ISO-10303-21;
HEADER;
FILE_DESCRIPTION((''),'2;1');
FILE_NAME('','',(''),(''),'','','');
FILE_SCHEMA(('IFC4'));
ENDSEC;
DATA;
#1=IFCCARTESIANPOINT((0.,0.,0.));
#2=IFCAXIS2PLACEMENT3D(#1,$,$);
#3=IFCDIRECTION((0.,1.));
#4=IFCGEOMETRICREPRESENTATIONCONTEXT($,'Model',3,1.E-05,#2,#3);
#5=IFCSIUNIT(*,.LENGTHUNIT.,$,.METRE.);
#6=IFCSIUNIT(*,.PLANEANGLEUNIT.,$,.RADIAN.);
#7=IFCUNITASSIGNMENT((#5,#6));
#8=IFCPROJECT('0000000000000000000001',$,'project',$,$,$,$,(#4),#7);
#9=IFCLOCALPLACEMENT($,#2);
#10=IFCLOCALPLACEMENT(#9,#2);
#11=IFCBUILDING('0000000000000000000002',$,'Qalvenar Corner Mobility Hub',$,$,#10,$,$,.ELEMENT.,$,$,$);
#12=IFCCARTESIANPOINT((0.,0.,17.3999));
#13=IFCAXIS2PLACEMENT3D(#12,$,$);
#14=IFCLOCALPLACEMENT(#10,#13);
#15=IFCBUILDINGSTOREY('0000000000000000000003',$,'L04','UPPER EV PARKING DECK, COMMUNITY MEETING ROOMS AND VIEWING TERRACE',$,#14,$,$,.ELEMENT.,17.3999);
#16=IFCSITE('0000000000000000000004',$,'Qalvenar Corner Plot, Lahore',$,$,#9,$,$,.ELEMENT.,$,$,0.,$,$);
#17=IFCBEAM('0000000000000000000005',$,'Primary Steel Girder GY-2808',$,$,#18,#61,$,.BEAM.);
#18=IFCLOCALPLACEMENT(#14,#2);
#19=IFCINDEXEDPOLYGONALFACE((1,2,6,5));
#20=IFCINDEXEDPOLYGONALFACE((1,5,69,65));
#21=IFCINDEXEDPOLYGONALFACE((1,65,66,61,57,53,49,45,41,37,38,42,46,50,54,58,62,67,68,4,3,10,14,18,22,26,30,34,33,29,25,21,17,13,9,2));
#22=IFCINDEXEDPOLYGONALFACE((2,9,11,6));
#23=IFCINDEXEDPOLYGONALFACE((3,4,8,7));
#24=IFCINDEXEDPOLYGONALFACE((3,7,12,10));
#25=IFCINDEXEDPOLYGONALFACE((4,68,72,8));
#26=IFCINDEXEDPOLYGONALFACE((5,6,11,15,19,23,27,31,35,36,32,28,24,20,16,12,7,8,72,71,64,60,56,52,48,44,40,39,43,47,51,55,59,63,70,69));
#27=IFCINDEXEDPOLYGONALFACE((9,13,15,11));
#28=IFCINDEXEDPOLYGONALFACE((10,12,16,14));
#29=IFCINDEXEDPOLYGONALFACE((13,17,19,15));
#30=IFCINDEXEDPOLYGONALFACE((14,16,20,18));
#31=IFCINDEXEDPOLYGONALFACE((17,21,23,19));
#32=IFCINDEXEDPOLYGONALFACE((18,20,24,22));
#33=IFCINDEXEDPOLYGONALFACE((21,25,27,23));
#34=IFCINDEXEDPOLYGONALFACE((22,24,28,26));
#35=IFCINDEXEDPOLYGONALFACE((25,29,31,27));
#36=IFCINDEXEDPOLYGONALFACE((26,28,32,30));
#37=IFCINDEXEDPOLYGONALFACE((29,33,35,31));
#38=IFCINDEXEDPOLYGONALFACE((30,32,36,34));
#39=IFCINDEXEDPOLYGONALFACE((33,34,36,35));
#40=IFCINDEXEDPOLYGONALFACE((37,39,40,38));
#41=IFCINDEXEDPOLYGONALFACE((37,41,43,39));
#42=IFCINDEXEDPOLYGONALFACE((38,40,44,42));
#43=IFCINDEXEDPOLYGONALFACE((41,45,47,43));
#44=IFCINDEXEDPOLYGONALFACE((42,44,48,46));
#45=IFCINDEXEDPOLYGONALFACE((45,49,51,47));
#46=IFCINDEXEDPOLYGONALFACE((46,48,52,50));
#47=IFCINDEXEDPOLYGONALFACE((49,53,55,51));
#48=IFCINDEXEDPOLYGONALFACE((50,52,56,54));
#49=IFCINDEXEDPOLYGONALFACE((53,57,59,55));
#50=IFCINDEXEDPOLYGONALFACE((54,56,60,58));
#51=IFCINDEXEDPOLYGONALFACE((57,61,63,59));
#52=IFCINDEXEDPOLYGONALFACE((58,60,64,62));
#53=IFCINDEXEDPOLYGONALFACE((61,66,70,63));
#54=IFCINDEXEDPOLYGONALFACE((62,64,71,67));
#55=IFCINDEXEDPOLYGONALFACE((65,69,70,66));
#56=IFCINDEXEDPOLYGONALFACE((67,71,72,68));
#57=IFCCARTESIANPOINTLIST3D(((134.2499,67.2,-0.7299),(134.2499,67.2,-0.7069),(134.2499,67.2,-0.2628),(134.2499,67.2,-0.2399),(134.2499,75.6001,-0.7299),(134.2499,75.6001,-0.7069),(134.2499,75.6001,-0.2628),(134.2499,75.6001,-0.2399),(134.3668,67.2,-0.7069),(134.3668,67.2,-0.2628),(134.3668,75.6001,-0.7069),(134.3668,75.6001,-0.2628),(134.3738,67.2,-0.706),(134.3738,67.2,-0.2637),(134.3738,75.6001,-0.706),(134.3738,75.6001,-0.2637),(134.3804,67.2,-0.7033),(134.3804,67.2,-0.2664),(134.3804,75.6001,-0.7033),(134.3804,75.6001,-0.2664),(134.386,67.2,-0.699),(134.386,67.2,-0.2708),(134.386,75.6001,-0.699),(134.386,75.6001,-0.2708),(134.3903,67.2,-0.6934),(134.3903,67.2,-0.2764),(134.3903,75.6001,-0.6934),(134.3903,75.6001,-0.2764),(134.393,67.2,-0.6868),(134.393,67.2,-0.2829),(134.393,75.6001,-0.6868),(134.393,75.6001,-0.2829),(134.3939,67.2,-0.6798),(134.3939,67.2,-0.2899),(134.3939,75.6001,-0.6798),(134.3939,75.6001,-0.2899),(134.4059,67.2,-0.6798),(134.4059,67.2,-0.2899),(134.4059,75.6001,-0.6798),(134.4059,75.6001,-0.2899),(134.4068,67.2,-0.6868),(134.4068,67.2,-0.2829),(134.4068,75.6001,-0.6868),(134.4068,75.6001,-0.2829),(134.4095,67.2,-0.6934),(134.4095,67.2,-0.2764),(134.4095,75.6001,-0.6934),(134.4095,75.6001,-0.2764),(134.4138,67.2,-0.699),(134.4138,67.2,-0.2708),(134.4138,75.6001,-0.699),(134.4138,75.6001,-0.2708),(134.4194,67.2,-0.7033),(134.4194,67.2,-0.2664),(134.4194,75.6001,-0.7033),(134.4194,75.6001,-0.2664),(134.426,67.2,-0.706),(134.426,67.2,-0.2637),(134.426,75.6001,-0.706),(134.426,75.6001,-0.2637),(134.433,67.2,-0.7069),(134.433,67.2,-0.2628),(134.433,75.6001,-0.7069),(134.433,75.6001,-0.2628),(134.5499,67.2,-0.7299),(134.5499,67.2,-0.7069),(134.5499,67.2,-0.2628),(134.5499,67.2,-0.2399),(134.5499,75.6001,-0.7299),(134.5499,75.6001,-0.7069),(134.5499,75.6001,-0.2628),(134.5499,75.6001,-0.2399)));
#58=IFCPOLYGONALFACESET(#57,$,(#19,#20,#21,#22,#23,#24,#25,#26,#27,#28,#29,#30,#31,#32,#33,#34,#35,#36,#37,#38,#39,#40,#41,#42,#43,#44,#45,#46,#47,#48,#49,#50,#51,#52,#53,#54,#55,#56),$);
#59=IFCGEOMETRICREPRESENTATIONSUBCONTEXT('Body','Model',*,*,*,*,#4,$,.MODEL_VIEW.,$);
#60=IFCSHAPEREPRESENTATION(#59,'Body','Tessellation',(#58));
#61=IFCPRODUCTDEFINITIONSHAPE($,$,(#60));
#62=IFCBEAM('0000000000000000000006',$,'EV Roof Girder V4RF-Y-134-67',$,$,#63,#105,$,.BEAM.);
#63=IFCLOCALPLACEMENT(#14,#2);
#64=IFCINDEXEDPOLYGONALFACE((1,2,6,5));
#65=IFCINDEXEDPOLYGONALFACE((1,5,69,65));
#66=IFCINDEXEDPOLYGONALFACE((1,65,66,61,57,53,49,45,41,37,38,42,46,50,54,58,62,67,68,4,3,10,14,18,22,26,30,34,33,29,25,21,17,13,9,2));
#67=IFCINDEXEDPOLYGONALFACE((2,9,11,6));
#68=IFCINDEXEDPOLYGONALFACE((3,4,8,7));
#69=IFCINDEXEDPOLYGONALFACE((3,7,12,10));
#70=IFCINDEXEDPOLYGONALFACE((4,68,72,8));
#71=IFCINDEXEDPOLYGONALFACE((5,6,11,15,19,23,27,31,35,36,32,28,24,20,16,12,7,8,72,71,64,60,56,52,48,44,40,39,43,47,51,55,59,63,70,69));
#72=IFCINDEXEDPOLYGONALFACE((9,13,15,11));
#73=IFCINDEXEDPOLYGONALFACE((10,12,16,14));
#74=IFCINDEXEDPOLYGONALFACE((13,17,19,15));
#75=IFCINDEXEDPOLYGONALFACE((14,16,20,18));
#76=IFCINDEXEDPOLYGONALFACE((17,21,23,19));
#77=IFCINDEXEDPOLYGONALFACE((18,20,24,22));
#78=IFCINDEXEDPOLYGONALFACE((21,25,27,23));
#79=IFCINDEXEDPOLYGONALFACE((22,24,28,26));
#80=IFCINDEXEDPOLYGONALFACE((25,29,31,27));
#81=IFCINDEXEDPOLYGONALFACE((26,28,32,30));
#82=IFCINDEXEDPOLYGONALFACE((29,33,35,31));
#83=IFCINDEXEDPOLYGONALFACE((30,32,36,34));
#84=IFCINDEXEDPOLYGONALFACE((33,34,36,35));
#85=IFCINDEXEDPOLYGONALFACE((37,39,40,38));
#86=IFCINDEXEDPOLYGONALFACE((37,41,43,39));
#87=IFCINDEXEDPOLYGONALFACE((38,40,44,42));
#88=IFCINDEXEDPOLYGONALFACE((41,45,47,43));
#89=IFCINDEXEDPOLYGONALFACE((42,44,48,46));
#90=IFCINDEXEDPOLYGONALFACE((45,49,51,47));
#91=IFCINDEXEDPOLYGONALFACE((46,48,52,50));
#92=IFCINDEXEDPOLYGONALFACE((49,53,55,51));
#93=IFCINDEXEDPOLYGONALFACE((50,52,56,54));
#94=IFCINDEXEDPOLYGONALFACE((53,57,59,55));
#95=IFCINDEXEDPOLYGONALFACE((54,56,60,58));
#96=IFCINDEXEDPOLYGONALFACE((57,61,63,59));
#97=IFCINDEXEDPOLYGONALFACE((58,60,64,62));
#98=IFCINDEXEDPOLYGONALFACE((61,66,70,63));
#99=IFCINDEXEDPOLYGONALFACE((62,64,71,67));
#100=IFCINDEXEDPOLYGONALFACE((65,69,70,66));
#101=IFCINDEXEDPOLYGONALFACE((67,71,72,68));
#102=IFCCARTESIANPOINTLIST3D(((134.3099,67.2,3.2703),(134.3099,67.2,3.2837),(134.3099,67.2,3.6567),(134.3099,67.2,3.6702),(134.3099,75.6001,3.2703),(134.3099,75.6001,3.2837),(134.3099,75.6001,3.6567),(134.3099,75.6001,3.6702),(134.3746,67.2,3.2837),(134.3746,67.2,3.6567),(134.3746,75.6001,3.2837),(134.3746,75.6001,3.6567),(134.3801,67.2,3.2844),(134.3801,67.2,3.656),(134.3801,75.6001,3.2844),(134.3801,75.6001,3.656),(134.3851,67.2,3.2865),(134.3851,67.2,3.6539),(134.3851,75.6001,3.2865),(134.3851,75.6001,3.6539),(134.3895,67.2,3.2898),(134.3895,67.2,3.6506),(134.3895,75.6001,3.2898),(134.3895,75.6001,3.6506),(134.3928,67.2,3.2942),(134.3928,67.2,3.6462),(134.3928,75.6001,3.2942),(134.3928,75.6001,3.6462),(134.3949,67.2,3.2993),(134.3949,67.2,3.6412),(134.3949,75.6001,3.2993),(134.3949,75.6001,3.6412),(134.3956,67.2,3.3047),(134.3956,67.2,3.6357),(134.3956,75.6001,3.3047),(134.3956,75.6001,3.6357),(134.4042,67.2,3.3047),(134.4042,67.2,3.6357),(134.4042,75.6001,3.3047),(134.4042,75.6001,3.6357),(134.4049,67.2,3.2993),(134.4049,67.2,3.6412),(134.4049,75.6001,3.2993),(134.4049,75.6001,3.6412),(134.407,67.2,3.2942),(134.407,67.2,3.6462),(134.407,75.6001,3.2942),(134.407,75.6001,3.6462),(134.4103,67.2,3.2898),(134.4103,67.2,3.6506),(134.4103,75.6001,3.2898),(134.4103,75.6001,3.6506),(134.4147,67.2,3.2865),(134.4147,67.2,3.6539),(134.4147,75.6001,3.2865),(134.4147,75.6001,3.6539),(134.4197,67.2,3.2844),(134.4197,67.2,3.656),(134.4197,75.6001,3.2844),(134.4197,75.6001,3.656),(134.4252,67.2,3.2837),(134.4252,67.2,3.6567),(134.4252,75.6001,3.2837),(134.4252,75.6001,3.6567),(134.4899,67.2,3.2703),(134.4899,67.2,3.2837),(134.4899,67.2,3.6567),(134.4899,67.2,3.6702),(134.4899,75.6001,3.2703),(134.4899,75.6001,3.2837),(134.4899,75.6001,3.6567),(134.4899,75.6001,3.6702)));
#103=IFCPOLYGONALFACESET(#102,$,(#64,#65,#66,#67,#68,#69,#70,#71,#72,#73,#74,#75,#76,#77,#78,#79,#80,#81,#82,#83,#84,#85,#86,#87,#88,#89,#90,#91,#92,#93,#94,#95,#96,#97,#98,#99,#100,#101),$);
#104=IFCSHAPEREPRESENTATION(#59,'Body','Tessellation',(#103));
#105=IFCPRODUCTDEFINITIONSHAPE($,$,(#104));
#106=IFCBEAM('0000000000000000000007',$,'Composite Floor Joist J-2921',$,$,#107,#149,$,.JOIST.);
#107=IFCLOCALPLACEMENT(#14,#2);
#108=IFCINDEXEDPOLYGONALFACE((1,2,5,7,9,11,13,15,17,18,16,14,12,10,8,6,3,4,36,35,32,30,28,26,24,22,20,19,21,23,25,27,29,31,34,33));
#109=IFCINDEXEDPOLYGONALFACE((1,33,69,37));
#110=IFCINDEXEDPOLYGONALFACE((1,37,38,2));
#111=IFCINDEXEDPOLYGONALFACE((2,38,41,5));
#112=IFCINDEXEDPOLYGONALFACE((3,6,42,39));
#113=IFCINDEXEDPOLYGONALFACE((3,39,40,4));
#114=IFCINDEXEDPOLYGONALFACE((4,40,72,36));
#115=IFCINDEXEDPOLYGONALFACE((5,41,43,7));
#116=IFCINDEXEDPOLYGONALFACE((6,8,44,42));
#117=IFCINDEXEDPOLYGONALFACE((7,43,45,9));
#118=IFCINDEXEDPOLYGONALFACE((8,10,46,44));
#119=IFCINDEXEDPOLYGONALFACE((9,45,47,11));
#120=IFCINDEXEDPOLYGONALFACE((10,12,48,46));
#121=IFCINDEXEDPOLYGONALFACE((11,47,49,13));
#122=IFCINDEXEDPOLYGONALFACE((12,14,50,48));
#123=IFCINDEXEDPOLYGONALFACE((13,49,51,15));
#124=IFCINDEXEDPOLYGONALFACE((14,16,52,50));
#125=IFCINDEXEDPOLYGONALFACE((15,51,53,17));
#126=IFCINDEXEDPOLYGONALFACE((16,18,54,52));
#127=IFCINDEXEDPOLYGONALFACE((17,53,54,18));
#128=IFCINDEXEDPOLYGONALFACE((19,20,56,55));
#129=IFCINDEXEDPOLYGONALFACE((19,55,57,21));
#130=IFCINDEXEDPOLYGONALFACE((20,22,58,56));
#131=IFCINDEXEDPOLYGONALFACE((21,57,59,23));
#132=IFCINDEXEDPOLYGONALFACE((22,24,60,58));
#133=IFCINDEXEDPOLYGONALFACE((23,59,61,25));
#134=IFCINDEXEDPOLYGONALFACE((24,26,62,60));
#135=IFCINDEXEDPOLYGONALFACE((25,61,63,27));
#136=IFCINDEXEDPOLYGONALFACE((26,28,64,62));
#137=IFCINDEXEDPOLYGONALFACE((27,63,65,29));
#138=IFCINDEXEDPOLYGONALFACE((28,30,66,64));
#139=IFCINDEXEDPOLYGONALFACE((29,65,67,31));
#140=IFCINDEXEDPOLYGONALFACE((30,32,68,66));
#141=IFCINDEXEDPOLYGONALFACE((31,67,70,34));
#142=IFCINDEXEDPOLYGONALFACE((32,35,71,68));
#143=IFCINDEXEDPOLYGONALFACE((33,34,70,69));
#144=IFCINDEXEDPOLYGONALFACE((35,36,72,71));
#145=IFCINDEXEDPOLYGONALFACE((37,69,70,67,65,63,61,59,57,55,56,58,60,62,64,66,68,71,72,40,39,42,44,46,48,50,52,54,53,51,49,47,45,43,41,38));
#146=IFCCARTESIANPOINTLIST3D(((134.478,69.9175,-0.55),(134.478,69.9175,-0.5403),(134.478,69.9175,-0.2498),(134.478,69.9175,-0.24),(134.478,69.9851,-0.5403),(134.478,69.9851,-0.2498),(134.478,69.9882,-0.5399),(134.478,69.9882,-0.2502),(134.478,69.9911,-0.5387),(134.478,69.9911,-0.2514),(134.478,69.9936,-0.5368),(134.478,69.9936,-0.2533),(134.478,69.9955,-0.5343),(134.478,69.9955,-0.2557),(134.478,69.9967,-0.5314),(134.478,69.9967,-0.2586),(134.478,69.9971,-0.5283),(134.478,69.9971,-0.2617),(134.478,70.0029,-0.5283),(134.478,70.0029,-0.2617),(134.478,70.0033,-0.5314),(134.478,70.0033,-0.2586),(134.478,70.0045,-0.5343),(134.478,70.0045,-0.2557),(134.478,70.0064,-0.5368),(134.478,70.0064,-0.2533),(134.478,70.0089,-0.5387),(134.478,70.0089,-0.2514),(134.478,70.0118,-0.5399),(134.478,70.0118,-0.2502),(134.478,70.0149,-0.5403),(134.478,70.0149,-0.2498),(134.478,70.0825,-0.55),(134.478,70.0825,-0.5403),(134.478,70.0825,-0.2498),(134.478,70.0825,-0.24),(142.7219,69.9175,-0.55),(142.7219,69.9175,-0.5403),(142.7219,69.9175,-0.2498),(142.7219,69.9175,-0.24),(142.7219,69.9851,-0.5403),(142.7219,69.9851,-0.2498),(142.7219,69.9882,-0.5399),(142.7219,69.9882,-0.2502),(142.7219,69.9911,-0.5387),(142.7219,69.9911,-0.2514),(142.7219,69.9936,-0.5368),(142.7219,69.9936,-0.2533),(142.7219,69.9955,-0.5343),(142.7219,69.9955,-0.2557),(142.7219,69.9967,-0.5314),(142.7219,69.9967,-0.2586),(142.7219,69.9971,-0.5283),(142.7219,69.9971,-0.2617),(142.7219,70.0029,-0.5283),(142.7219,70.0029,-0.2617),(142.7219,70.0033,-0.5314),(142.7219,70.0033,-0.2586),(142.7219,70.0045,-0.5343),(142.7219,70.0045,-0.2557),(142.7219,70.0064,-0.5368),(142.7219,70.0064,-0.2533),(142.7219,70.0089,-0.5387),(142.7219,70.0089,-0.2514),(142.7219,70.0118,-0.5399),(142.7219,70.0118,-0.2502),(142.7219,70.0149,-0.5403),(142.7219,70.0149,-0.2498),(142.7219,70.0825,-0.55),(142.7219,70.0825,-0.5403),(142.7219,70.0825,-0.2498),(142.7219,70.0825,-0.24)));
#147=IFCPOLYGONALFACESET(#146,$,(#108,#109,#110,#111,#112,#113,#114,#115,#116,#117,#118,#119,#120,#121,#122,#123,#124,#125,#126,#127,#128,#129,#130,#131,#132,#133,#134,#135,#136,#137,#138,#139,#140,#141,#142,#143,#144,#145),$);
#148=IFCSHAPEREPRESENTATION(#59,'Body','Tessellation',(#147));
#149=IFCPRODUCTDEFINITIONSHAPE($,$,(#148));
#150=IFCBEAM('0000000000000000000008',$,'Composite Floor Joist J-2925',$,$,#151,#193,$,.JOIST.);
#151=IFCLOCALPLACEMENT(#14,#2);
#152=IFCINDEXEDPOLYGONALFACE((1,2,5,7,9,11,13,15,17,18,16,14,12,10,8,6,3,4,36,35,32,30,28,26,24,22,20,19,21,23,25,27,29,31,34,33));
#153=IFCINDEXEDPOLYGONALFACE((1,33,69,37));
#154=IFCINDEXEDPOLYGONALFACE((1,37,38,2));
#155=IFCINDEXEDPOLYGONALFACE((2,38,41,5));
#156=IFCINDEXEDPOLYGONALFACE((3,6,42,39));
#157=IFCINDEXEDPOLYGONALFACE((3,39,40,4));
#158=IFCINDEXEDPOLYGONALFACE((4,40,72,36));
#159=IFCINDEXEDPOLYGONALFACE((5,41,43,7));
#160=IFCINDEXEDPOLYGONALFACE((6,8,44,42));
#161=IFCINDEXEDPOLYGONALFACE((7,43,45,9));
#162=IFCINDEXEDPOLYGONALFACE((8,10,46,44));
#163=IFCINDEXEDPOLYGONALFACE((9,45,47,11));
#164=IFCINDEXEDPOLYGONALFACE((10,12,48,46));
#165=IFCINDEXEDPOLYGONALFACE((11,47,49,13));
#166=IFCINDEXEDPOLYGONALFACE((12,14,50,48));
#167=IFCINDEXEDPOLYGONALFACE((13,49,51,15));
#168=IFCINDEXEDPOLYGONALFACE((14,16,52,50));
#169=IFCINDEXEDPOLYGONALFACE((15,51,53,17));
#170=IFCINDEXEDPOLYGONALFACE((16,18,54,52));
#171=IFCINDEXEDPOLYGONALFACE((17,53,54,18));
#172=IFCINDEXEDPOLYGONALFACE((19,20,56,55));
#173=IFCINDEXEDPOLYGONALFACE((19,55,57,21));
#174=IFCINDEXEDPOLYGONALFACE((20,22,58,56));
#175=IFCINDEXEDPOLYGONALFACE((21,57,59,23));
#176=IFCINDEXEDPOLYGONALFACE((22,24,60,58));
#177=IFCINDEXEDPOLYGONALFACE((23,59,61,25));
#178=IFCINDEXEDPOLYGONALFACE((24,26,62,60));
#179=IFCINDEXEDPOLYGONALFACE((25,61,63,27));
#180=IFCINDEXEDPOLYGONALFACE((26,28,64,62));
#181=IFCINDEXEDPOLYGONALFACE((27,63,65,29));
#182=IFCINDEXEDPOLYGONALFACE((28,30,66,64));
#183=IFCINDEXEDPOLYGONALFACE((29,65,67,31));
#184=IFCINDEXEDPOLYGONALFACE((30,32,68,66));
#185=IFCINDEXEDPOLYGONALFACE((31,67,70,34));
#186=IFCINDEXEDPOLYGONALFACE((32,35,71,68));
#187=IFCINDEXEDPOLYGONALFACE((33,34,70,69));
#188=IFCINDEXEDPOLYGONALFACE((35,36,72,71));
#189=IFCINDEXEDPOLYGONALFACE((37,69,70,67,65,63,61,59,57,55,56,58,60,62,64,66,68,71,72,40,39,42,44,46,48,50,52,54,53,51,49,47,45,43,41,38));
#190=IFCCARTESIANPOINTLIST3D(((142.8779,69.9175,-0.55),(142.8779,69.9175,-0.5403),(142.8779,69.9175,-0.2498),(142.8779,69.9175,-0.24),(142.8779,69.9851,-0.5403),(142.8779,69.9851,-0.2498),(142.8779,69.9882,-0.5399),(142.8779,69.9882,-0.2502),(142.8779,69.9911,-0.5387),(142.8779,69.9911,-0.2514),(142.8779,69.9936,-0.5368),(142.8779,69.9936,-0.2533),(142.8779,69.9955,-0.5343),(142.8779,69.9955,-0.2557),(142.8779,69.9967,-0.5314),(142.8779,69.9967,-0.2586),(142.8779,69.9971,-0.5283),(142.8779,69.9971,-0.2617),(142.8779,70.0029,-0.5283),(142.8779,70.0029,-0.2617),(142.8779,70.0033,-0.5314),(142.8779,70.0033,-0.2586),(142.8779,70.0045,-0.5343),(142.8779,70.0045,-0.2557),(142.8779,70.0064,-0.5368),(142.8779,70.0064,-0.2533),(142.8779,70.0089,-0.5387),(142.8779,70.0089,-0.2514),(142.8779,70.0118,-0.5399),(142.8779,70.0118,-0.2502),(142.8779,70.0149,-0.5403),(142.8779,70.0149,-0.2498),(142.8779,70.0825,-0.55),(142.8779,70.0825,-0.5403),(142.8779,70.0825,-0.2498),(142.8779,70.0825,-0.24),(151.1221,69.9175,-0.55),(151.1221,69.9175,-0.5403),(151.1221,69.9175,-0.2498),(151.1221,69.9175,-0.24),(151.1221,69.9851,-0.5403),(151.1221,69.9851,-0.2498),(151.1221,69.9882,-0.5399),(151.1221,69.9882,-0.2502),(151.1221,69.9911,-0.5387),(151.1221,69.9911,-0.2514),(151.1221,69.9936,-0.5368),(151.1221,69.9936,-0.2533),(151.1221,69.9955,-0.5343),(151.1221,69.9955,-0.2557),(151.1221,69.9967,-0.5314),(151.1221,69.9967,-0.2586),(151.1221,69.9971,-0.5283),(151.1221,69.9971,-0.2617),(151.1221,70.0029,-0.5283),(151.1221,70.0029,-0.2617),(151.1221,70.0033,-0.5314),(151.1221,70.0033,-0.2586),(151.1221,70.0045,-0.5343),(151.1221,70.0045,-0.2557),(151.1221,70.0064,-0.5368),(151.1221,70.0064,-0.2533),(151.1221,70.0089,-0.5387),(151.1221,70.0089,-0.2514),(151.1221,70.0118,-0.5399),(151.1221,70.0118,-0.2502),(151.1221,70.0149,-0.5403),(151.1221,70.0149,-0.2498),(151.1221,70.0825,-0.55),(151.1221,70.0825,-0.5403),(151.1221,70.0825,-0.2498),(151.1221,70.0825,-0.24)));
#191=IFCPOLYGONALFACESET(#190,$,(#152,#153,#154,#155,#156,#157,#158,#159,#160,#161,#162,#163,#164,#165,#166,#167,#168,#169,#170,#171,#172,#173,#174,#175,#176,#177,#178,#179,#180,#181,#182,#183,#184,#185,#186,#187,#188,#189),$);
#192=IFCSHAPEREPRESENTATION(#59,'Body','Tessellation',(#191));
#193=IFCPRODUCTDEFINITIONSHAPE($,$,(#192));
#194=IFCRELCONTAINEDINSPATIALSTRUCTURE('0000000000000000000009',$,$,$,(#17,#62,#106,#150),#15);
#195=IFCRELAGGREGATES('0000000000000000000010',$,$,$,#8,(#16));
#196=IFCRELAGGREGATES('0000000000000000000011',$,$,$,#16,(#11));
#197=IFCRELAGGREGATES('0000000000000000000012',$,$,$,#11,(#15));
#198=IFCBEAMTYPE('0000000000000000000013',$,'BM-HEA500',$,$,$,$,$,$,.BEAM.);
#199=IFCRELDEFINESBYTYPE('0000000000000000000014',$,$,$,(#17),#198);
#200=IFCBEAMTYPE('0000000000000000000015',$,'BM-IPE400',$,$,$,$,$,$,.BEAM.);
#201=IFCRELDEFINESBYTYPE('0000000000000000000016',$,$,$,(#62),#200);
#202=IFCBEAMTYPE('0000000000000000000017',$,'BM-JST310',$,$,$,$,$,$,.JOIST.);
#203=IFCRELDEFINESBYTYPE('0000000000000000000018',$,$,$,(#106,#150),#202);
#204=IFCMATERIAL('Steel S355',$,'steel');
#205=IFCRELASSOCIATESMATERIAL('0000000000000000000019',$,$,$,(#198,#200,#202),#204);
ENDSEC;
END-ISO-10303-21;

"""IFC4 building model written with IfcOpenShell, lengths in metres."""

from ifc_helpers import new_model, si_unit, direction, frame, origin, origin_2d, place, context, subcontext, project, spatial, i_section, extrude, material, material_profile, profile_set, type_object, element, save


model = new_model("IFC4")

# Units and contexts
model_context = context("Model", 3, precision=1e-05, world=origin(), true_north=direction((0.0, 1.0)))
body_context = subcontext(model_context, "Body", "Model", "MODEL_VIEW")
ifc_project = project(units=[si_unit("LENGTHUNIT", "METRE"), si_unit("PLANEANGLEUNIT", "RADIAN")], contexts=[model_context])

# Site, building, storey
site_placement = place(None, origin())
site = spatial("IfcSite", under=ifc_project, at=site_placement, Name="Qalvenar Corner Plot, Lahore", CompositionType="ELEMENT", RefElevation=0.0)
building_placement = place(site_placement, origin())
building = spatial("IfcBuilding", under=site, at=building_placement, Name="Qalvenar Corner Mobility Hub", CompositionType="ELEMENT")
storey_placement = place(building_placement, frame((0.0, 0.0, 17.3999)))
storey = spatial("IfcBuildingStorey", under=building, at=storey_placement, Name="L04", Description="UPPER EV PARKING DECK, COMMUNITY MEETING ROOMS AND VIEWING TERRACE", CompositionType="ELEMENT", Elevation=17.3999)

# Shared definitions
ifc_material_1 = material(Name="Steel S355", Category="steel")

# Beams
ifc_material_profile_1 = material_profile(ifc_material_1, i_section(OverallWidth=0.3, OverallDepth=0.49, WebThickness=0.012, FlangeThickness=0.0229, FilletRadius=0.0271, at=origin_2d()), Name="HEA500")
ifc_profile_set_1 = profile_set([ifc_material_profile_1], Name="Steel S355")
beam_type_1 = type_object("IfcBeamType", Name="BM-HEA500", PredefinedType="BEAM", material=ifc_profile_set_1)
beam_1_placement = place(storey_placement, frame((134.3999, 67.2, -0.4849), z_axis=(0.0, 1.0, 0.0), x_axis=(-1.0, 0.0, 0.0)))
element("IfcBeam", 1, at=beam_1_placement, inside=storey, type_object=beam_type_1, Name="Primary Steel Girder GY-2808", PredefinedType="BEAM", context=body_context, shape_type="SweptSolid", body=[
    extrude(i_section(OverallWidth=0.3, OverallDepth=0.49, WebThickness=0.012, FlangeThickness=0.0229, FilletRadius=0.0271, at=origin_2d()), origin(), (0.0, 0.0, 1.0), 8.4001),
])
ifc_material_profile_2 = material_profile(ifc_material_1, i_section(OverallWidth=0.1799, OverallDepth=0.3999, WebThickness=0.0085, FlangeThickness=0.0134, FilletRadius=0.021, at=origin_2d()), Name="IPE400")
ifc_profile_set_2 = profile_set([ifc_material_profile_2], Name="Steel S355")
beam_type_2 = type_object("IfcBeamType", Name="BM-IPE400", PredefinedType="BEAM", material=ifc_profile_set_2)
beam_2_placement = place(storey_placement, frame((134.3999, 67.2, 3.4702), z_axis=(0.0, 1.0, 0.0), x_axis=(-1.0, 0.0, 0.0)))
element("IfcBeam", 2, at=beam_2_placement, inside=storey, type_object=beam_type_2, Name="EV Roof Girder V4RF-Y-134-67", PredefinedType="BEAM", context=body_context, shape_type="SweptSolid", body=[
    extrude(i_section(OverallWidth=0.1799, OverallDepth=0.3999, WebThickness=0.0085, FlangeThickness=0.0134, FilletRadius=0.021, at=origin_2d()), origin(), (0.0, 0.0, 1.0), 8.4001),
])
ifc_material_profile_3 = material_profile(ifc_material_1, i_section(OverallWidth=0.165, OverallDepth=0.3101, WebThickness=0.0059, FlangeThickness=0.0098, FilletRadius=0.012, at=origin_2d()), Name="W310x38.7")
ifc_profile_set_3 = profile_set([ifc_material_profile_3], Name="Steel S355")
beam_type_3 = type_object("IfcBeamType", Name="BM-JST310", PredefinedType="JOIST", material=ifc_profile_set_3)
beam_3_placement = place(storey_placement, frame((134.478, 70.0, -0.395), z_axis=(1.0, 0.0, 0.0), x_axis=(0.0, 1.0, 0.0)))
element("IfcBeam", 3, at=beam_3_placement, inside=storey, type_object=beam_type_3, Name="Composite Floor Joist J-2921", PredefinedType="JOIST", context=body_context, shape_type="SweptSolid", body=[
    extrude(i_section(OverallWidth=0.165, OverallDepth=0.3101, WebThickness=0.0059, FlangeThickness=0.0098, FilletRadius=0.012, at=origin_2d()), origin(), (0.0, 0.0, 1.0), 8.2439),
])
beam_4_placement = place(storey_placement, frame((142.8779, 70.0, -0.395), z_axis=(1.0, 0.0, 0.0), x_axis=(0.0, 1.0, 0.0)))
element("IfcBeam", 4, at=beam_4_placement, inside=storey, type_object=beam_type_3, Name="Composite Floor Joist J-2925", PredefinedType="JOIST", context=body_context, shape_type="SweptSolid", body=[
    extrude(i_section(OverallWidth=0.165, OverallDepth=0.3101, WebThickness=0.0059, FlangeThickness=0.0098, FilletRadius=0.012, at=origin_2d()), origin(), (0.0, 0.0, 1.0), 8.2441),
])

save(model, "model.ifc")
